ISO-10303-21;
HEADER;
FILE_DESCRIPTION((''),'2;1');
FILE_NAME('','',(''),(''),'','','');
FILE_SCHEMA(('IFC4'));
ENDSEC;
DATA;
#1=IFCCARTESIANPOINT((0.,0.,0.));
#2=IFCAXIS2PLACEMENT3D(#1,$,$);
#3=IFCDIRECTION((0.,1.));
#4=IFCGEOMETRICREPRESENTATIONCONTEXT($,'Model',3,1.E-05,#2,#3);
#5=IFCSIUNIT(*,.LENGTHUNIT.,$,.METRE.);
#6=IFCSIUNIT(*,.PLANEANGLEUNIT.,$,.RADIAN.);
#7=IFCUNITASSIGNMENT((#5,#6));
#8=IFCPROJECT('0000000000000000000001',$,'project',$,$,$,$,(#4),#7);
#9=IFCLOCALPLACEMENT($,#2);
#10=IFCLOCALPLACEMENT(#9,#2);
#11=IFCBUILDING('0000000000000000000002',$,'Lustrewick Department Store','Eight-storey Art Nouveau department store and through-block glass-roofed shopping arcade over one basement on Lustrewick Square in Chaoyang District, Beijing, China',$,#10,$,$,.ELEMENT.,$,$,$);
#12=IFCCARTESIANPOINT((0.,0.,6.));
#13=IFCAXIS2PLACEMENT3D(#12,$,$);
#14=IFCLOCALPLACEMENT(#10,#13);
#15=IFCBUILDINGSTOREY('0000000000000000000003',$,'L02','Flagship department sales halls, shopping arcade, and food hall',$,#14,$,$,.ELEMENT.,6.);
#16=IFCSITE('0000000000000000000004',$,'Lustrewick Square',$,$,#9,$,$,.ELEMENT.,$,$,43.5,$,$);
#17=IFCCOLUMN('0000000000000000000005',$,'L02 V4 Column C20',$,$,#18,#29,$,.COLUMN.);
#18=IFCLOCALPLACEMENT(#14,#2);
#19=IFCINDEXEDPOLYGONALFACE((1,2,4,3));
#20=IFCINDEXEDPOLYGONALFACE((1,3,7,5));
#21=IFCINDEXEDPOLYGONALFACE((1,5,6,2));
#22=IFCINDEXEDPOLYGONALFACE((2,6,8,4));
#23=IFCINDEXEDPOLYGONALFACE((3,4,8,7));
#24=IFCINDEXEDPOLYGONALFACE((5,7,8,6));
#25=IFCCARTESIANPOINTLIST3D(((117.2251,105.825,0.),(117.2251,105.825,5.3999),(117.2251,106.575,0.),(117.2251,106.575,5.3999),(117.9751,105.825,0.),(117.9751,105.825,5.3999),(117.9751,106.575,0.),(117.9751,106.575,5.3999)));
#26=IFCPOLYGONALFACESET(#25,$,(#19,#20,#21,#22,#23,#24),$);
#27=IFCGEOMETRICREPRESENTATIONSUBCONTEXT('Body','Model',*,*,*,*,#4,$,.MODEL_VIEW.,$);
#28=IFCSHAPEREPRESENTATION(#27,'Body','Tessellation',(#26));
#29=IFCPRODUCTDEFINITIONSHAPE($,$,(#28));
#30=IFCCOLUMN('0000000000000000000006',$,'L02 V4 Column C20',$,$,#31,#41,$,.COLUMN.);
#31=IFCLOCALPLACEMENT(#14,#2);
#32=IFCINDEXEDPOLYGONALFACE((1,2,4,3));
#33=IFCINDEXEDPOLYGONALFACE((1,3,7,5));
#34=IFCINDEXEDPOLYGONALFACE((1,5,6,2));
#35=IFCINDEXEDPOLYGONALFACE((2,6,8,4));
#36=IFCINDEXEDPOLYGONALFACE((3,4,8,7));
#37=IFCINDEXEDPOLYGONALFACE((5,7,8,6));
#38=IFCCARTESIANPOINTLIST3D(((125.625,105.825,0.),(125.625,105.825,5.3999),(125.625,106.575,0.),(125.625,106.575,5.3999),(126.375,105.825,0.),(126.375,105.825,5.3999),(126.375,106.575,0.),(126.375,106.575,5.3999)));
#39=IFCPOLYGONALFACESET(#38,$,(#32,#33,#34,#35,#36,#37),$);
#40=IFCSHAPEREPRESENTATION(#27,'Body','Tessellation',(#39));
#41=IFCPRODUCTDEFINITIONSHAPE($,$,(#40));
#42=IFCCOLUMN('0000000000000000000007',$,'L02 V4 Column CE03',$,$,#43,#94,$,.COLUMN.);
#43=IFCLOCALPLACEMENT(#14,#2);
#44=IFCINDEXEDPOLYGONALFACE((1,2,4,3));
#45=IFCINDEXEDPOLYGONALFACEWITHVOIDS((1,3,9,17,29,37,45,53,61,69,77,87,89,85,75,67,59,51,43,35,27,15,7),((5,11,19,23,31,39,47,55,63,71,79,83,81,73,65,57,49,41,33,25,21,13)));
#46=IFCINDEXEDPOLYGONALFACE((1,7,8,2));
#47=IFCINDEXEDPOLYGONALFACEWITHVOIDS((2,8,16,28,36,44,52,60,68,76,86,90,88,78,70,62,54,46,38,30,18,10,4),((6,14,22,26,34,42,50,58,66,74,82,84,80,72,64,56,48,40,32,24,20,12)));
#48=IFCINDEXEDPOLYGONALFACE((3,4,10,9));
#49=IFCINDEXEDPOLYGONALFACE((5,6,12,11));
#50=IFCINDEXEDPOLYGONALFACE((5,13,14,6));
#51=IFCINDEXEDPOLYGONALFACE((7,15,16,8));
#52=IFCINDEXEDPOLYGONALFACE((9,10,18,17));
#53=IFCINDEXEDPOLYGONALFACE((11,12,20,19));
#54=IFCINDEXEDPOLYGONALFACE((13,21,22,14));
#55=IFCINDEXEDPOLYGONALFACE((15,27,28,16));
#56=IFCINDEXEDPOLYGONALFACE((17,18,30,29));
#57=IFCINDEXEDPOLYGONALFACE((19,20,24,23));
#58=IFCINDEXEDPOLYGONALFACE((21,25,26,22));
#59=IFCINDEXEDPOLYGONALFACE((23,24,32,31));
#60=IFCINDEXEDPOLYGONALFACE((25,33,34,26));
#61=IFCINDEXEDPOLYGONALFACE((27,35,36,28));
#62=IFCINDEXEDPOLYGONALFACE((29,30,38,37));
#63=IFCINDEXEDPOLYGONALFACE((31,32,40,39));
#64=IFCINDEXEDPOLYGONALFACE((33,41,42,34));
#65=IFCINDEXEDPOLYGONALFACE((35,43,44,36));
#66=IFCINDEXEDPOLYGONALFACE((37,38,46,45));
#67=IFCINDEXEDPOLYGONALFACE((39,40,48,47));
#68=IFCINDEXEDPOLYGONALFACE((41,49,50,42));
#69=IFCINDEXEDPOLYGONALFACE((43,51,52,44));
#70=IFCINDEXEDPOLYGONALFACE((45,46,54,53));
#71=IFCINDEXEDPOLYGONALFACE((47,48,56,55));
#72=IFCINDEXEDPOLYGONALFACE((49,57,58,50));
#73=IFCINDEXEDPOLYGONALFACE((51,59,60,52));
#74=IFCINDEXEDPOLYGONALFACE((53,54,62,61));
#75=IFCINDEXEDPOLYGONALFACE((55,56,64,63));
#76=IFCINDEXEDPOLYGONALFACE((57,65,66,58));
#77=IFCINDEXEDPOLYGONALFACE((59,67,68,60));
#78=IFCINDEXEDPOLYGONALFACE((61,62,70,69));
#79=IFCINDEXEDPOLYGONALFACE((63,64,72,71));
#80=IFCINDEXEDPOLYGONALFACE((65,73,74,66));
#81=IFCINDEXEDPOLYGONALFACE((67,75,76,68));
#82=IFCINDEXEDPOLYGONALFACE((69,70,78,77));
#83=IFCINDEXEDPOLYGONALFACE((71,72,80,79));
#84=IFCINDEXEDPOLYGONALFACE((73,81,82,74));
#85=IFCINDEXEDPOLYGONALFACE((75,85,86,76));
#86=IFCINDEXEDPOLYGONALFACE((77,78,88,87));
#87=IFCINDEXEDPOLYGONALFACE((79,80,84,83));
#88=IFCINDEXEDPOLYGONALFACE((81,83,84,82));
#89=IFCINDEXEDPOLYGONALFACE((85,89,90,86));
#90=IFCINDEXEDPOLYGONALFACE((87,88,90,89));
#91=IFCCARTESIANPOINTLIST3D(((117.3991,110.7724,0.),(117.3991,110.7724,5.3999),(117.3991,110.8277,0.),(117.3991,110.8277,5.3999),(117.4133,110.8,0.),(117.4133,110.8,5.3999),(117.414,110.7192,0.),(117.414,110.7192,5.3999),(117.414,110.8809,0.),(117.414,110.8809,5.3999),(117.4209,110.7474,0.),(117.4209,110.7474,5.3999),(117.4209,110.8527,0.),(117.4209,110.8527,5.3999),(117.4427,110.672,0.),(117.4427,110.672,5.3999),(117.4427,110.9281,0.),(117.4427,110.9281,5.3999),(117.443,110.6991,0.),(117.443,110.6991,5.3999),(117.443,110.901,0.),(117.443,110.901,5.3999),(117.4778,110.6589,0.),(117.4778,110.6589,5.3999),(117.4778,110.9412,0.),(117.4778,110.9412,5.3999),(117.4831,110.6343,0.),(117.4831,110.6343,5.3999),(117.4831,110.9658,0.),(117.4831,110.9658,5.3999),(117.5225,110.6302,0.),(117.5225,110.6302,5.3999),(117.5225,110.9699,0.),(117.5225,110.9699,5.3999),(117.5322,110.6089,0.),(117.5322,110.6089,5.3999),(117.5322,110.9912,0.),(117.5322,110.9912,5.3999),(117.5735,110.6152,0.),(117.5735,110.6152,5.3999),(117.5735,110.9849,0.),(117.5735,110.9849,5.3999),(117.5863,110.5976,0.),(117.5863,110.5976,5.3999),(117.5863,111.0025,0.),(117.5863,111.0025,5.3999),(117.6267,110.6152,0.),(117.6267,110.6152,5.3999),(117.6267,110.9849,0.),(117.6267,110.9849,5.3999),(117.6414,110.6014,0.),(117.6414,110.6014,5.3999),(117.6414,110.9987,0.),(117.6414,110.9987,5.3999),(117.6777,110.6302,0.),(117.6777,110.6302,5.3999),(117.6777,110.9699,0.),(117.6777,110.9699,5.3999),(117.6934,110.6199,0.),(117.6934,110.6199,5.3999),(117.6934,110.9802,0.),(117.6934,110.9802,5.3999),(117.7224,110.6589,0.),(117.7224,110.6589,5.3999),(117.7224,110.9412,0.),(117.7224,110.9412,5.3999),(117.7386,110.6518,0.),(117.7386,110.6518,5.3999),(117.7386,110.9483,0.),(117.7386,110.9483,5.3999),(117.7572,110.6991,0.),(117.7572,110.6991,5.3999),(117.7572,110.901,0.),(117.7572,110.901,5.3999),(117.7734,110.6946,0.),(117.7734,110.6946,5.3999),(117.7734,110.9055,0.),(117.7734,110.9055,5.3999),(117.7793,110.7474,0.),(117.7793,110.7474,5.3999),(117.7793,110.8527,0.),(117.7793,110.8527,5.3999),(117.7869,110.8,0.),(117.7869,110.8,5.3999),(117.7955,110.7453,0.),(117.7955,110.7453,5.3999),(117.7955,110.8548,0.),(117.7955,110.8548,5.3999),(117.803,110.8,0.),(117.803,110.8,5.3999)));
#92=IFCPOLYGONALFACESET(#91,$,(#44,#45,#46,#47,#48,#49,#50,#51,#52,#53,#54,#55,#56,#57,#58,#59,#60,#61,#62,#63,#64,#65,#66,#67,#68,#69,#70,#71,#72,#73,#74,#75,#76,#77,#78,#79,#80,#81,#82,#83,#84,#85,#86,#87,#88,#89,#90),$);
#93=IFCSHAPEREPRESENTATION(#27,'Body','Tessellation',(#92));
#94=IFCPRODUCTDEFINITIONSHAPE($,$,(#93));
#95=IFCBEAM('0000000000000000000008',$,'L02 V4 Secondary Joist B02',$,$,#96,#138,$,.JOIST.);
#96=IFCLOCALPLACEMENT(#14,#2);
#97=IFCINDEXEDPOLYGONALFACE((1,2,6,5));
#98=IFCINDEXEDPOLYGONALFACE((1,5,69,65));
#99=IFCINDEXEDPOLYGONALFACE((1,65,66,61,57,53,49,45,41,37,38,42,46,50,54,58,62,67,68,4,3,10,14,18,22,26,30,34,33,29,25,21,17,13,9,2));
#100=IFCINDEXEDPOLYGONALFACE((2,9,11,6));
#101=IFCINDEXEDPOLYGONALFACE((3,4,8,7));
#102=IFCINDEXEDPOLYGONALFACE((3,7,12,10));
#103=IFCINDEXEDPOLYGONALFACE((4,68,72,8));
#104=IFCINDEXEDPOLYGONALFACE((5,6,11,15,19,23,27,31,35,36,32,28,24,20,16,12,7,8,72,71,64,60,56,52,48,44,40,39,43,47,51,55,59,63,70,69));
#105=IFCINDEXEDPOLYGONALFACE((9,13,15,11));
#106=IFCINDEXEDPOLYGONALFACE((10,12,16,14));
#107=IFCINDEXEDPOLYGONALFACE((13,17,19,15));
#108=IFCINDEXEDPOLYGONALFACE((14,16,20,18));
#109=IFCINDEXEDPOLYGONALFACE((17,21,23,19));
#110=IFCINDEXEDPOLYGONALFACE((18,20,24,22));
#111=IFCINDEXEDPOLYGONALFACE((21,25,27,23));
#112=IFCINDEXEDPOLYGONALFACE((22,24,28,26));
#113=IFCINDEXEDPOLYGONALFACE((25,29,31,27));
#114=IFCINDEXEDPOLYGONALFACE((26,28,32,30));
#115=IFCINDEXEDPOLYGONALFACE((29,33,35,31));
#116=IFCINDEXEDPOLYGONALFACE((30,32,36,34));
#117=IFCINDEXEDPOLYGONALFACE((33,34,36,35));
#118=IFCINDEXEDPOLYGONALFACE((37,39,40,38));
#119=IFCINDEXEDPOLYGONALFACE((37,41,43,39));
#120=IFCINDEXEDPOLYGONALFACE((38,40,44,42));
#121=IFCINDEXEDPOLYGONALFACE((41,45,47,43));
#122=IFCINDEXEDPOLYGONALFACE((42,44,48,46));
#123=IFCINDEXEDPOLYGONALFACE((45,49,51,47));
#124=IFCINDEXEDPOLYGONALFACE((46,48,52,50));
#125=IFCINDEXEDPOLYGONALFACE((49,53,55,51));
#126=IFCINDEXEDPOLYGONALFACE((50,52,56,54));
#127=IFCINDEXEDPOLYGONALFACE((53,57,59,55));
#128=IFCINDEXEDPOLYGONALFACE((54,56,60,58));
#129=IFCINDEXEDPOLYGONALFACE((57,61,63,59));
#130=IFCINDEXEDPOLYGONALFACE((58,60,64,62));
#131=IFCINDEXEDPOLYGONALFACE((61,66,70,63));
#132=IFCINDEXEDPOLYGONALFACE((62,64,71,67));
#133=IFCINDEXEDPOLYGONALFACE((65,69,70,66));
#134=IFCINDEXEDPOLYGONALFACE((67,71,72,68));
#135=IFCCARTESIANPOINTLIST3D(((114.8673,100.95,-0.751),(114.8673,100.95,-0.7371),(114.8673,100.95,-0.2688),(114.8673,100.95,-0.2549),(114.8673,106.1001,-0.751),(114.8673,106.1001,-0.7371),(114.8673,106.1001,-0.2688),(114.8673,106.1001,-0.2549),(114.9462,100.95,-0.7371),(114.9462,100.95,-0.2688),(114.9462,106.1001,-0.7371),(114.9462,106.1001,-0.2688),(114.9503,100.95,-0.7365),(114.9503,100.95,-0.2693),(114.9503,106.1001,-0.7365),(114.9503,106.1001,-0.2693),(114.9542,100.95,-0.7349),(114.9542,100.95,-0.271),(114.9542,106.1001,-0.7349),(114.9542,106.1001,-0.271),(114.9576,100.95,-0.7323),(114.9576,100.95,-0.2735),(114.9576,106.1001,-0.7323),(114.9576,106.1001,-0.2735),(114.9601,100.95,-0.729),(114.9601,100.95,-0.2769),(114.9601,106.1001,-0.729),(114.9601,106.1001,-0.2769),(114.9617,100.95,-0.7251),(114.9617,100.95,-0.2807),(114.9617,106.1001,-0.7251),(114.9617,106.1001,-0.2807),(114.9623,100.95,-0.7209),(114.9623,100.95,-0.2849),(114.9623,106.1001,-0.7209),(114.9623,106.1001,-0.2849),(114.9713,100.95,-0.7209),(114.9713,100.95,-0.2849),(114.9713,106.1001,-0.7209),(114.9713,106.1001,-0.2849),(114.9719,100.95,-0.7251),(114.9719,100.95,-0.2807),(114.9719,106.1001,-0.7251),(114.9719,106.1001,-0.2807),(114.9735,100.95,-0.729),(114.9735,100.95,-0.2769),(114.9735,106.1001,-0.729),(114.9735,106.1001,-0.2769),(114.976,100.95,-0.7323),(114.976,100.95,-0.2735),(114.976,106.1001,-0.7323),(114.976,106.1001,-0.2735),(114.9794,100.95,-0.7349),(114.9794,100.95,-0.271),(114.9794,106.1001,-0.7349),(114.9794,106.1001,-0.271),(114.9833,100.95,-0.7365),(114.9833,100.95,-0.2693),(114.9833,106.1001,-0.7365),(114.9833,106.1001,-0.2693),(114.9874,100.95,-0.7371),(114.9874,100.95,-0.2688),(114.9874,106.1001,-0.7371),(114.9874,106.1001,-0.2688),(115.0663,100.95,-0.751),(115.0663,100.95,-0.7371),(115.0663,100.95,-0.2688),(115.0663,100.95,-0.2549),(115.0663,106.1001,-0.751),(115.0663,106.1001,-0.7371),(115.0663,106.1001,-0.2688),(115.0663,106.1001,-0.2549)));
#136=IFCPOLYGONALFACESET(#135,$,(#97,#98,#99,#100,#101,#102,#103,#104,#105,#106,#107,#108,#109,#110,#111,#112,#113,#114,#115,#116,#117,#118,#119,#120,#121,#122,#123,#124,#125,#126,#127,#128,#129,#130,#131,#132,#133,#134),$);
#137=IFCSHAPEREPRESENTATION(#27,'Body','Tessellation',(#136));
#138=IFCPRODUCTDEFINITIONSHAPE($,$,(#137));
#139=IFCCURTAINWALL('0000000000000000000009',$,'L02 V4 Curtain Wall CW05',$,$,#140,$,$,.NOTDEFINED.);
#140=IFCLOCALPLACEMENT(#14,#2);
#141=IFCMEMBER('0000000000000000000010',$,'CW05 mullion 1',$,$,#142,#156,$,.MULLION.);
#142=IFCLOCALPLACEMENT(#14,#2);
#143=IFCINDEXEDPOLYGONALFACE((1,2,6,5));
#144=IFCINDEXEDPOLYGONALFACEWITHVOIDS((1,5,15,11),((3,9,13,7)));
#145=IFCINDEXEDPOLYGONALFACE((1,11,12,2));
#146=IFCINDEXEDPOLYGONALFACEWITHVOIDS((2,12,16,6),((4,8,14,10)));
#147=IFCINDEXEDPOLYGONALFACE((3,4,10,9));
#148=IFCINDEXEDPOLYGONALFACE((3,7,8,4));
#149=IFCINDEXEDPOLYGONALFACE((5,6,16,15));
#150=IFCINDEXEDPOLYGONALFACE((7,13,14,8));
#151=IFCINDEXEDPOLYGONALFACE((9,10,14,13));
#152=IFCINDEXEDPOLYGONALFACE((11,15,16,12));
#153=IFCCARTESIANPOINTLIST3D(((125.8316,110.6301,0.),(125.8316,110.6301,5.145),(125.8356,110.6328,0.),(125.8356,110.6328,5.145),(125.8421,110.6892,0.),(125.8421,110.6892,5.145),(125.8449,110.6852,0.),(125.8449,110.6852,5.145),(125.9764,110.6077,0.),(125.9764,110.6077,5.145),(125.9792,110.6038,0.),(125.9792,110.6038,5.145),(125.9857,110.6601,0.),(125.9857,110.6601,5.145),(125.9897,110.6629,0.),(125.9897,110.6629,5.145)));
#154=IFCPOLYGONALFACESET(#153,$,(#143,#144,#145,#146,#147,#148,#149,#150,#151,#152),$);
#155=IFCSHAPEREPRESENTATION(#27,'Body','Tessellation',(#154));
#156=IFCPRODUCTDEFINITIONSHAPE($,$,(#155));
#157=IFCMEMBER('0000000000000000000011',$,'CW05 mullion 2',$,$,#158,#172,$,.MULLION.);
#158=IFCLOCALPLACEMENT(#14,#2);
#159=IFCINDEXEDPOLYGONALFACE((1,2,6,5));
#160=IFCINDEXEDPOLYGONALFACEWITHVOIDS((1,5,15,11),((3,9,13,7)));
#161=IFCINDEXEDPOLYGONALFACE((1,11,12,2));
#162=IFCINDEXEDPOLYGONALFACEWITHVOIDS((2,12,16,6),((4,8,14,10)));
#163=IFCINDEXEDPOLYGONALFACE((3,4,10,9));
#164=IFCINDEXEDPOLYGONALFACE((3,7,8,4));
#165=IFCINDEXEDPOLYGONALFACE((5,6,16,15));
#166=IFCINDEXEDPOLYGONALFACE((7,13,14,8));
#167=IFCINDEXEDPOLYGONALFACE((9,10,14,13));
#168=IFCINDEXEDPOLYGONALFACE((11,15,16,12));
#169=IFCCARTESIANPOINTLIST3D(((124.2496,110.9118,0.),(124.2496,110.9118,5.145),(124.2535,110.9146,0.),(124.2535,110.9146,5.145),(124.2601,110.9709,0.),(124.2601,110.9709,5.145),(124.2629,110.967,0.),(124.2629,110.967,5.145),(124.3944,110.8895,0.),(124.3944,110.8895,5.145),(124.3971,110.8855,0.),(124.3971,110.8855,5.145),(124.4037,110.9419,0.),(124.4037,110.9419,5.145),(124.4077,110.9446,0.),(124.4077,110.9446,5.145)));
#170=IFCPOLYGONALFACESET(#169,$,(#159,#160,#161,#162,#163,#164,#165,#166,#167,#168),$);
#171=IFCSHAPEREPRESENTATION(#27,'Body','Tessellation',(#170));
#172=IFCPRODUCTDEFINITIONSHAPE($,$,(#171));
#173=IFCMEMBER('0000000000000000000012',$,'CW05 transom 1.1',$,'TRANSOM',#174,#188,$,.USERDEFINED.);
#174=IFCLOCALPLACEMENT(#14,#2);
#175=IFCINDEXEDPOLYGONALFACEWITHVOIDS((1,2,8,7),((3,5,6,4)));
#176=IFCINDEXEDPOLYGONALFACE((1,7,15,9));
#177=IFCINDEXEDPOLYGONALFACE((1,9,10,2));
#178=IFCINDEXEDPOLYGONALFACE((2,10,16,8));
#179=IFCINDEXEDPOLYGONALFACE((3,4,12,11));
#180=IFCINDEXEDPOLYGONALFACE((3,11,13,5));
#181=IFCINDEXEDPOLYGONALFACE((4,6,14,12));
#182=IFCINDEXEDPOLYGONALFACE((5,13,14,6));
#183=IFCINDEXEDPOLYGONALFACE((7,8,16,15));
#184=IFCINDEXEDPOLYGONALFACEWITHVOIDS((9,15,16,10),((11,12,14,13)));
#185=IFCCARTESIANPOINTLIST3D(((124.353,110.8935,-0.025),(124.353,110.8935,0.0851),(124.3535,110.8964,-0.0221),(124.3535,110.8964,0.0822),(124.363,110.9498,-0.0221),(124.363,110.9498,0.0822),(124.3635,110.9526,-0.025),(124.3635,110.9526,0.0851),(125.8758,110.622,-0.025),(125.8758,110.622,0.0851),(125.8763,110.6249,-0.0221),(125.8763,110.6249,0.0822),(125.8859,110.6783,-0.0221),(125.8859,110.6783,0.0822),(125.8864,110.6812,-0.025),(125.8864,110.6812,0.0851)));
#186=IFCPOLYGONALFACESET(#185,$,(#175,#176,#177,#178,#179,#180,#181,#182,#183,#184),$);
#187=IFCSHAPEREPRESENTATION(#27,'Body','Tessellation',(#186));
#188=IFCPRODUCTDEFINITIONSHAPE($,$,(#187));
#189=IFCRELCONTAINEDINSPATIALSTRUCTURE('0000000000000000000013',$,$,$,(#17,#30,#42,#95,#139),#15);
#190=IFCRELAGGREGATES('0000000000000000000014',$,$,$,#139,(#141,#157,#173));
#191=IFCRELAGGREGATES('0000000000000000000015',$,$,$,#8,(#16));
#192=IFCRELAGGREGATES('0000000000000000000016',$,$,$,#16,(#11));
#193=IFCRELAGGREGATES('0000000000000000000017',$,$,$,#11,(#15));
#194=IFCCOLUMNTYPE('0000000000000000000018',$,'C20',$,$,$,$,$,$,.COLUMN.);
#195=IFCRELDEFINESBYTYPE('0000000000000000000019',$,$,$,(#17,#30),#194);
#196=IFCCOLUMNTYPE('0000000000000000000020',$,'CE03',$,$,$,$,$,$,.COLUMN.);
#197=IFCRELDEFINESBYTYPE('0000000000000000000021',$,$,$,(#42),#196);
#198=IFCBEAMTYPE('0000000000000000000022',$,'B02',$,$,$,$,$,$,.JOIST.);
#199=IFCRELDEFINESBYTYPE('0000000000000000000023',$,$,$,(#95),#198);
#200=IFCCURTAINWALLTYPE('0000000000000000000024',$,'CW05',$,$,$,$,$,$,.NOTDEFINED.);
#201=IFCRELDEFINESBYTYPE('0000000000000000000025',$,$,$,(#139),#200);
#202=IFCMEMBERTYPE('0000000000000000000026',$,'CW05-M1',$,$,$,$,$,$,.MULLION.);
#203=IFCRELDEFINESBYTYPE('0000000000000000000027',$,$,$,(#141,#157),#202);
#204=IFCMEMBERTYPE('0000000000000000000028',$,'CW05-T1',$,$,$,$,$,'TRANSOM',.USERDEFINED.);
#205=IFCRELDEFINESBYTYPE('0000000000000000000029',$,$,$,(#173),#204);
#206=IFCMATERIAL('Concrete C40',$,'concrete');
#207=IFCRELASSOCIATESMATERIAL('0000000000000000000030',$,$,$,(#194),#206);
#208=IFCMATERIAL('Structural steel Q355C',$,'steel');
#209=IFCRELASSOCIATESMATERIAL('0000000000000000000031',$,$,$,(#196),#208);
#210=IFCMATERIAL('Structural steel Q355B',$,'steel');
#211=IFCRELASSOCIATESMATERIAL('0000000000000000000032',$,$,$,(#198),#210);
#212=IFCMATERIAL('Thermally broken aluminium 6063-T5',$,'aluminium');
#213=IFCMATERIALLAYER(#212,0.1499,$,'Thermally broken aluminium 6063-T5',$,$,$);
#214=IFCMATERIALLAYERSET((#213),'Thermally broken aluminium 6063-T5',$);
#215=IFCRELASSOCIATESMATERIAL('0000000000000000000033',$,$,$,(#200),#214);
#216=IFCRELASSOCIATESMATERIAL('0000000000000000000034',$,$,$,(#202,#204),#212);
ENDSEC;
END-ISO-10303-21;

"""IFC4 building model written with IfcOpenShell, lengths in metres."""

from ifc_helpers import new_model, si_unit, direction, frame, origin, origin_2d, place, context, subcontext, project, spatial, rectangle, hollow_rectangle, hollow_circle, i_section, extrude, material, layer, layer_set, material_profile, profile_set, type_object, element, aggregate, save


model = new_model("IFC4")

# Units and contexts
model_context = context("Model", 3, precision=1e-05, world=origin(), true_north=direction((0.0, 1.0)))
body_context = subcontext(model_context, "Body", "Model", "MODEL_VIEW")
ifc_project = project(units=[si_unit("LENGTHUNIT", "METRE"), si_unit("PLANEANGLEUNIT", "RADIAN")], contexts=[model_context])

# Site, building, storey
site_placement = place(None, origin())
site = spatial("IfcSite", under=ifc_project, at=site_placement, Name="Lustrewick Square", CompositionType="ELEMENT", RefElevation=43.5)
building_placement = place(site_placement, origin())
building = spatial("IfcBuilding", under=site, at=building_placement, Name="Lustrewick Department Store", Description="Eight-storey Art Nouveau department store and through-block glass-roofed shopping arcade over one basement on Lustrewick Square in Chaoyang District, Beijing, China", CompositionType="ELEMENT")
storey_placement = place(building_placement, frame((0.0, 0.0, 6.0)))
storey = spatial("IfcBuildingStorey", under=building, at=storey_placement, Name="L02", Description="Flagship department sales halls, shopping arcade, and food hall", CompositionType="ELEMENT", Elevation=6.0)

# Columns
ifc_material_1 = material(Name="Concrete C40", Category="concrete")
ifc_material_profile_1 = material_profile(ifc_material_1, rectangle(XDim=0.75, YDim=0.75, at=origin_2d()), Name="RC 750x750")
ifc_profile_set_1 = profile_set([ifc_material_profile_1], Name="Concrete C40")
column_type_1 = type_object("IfcColumnType", Name="C20", PredefinedType="COLUMN", material=ifc_profile_set_1)
for number, where, z_axis, x_axis, name in (
    (1, (117.6001, 106.2, 0.0), (0.0, 0.0, 1.0), (1.0, 0.0, 0.0), "L02 V4 Column C20"),
    (2, (126.0, 106.2, 0.0), (0.0, 0.0, 1.0), (1.0, 0.0, 0.0), "L02 V4 Column C20"),
):
    element("IfcColumn", number, at=place(storey_placement, frame(where, z_axis=z_axis, x_axis=x_axis)), inside=storey, type_object=column_type_1, Name=name, PredefinedType="COLUMN", context=body_context, shape_type="SweptSolid", body=[
        extrude(rectangle(XDim=0.75, YDim=0.75, at=origin_2d()), origin(), (0.0, 0.0, 1.0), 5.3999),
    ])
ifc_material_2 = material(Name="Structural steel Q355C", Category="steel")
ifc_material_profile_2 = material_profile(ifc_material_2, hollow_circle(Radius=0.2029, WallThickness=0.0161, at=origin_2d()), Name="CHS 406x16")
ifc_profile_set_2 = profile_set([ifc_material_profile_2], Name="Structural steel Q355C")
column_type_2 = type_object("IfcColumnType", Name="CE03", PredefinedType="COLUMN", material=ifc_profile_set_2)
column_placement = place(storey_placement, frame((117.6001, 110.8, 0.0), z_axis=(0.0, 0.0, 1.0), x_axis=(1.0, 0.0, 0.0)))
element("IfcColumn", 3, at=column_placement, inside=storey, type_object=column_type_2, Name="L02 V4 Column CE03", PredefinedType="COLUMN", context=body_context, shape_type="SweptSolid", body=[
    extrude(hollow_circle(Radius=0.2029, WallThickness=0.0161, at=origin_2d()), origin(), (0.0, 0.0, 1.0), 5.3999),
])

# Beam
ifc_material_3 = material(Name="Structural steel Q355B", Category="steel")
ifc_material_profile_3 = material_profile(ifc_material_3, i_section(OverallWidth=0.199, OverallDepth=0.4961, WebThickness=0.009, FlangeThickness=0.0139, FilletRadius=0.0161, at=origin_2d()), Name="HN 496x199x9x14")
ifc_profile_set_3 = profile_set([ifc_material_profile_3], Name="Structural steel Q355B")
beam_type_1 = type_object("IfcBeamType", Name="B02", PredefinedType="JOIST", material=ifc_profile_set_3)
beam_1_placement = place(storey_placement, frame((114.9668, 100.95, -0.5029), z_axis=(0.0, 1.0, 0.0), x_axis=(-1.0, 0.0, 0.0)))
element("IfcBeam", 4, at=beam_1_placement, inside=storey, type_object=beam_type_1, Name="L02 V4 Secondary Joist B02", PredefinedType="JOIST", context=body_context, shape_type="SweptSolid", body=[
    extrude(i_section(OverallWidth=0.199, OverallDepth=0.4961, WebThickness=0.009, FlangeThickness=0.0139, FilletRadius=0.0161, at=origin_2d()), origin(), (0.0, 0.0, 1.0), 5.1501),
])

# Curtain wall, members
ifc_material_4 = material(Name="Thermally broken aluminium 6063-T5", Category="aluminium")
ifc_layer_1 = layer(ifc_material_4, 0.1499, Name="Thermally broken aluminium 6063-T5")
ifc_layer_set_1 = layer_set([ifc_layer_1], Name="Thermally broken aluminium 6063-T5")
curtain_wall_type_1 = type_object("IfcCurtainWallType", Name="CW05", PredefinedType="NOTDEFINED", material=ifc_layer_set_1)
curtain_wall_1_placement = place(storey_placement, origin())
curtain_wall_1 = element("IfcCurtainWall", 5, at=curtain_wall_1_placement, inside=storey, type_object=curtain_wall_type_1, Name="L02 V4 Curtain Wall CW05", PredefinedType="NOTDEFINED")
ifc_material_profile_4 = material_profile(ifc_material_4, hollow_rectangle(XDim=0.0601, YDim=0.1499, WallThickness=0.0034, at=origin_2d()), Name="ALU-M 60x150x3.5")
ifc_profile_set_4 = profile_set([ifc_material_profile_4], Name="Thermally broken aluminium 6063-T5")
member_type_1 = type_object("IfcMemberType", Name="CW05-M1", PredefinedType="MULLION", material=ifc_profile_set_4)
member_1_placement = place(storey_placement, frame((125.9106, 110.6465, 0.0), z_axis=(0.0, 0.0, 1.0), x_axis=(-0.175421, -0.984494, 0.0)))
member_1 = element("IfcMember", 6, at=member_1_placement, type_object=member_type_1, Name="CW05 mullion 1", PredefinedType="MULLION", context=body_context, shape_type="SweptSolid", body=[
    extrude(hollow_rectangle(XDim=0.0601, YDim=0.1499, WallThickness=0.0034, at=origin_2d()), origin(), (0.0, 0.0, 1.0), 5.145),
])
member_2_placement = place(storey_placement, frame((124.3286, 110.9282, 0.0), z_axis=(0.0, 0.0, 1.0), x_axis=(-0.175421, -0.984494, 0.0)))
member_2 = element("IfcMember", 7, at=member_2_placement, type_object=member_type_1, Name="CW05 mullion 2", PredefinedType="MULLION", context=body_context, shape_type="SweptSolid", body=[
    extrude(hollow_rectangle(XDim=0.0601, YDim=0.1499, WallThickness=0.0034, at=origin_2d()), origin(), (0.0, 0.0, 1.0), 5.145),
])
ifc_material_profile_5 = material_profile(ifc_material_4, hollow_rectangle(XDim=0.0601, YDim=0.1101, WallThickness=0.0029, at=origin_2d()), Name="ALU-T 60x110x3")
ifc_profile_set_5 = profile_set([ifc_material_profile_5], Name="Thermally broken aluminium 6063-T5")
member_type_2 = type_object("IfcMemberType", Name="CW05-T1", ElementType="TRANSOM", PredefinedType="USERDEFINED", material=ifc_profile_set_5)
member_3_placement = place(storey_placement, frame((125.8811, 110.6516, 0.03), z_axis=(-0.98448, 0.175496, 0.0), x_axis=(-0.175496, -0.98448, 0.0)))
member_3 = element("IfcMember", 8, at=member_3_placement, type_object=member_type_2, Name="CW05 transom 1.1", ObjectType="TRANSOM", PredefinedType="USERDEFINED", context=body_context, shape_type="SweptSolid", body=[
    extrude(hollow_rectangle(XDim=0.0601, YDim=0.1101, WallThickness=0.0029, at=origin_2d()), origin(), (0.0, 0.0, 1.0), 1.5469),
])

aggregate(curtain_wall_1, [member_1, member_2, member_3])

save(model, "model.ifc")
